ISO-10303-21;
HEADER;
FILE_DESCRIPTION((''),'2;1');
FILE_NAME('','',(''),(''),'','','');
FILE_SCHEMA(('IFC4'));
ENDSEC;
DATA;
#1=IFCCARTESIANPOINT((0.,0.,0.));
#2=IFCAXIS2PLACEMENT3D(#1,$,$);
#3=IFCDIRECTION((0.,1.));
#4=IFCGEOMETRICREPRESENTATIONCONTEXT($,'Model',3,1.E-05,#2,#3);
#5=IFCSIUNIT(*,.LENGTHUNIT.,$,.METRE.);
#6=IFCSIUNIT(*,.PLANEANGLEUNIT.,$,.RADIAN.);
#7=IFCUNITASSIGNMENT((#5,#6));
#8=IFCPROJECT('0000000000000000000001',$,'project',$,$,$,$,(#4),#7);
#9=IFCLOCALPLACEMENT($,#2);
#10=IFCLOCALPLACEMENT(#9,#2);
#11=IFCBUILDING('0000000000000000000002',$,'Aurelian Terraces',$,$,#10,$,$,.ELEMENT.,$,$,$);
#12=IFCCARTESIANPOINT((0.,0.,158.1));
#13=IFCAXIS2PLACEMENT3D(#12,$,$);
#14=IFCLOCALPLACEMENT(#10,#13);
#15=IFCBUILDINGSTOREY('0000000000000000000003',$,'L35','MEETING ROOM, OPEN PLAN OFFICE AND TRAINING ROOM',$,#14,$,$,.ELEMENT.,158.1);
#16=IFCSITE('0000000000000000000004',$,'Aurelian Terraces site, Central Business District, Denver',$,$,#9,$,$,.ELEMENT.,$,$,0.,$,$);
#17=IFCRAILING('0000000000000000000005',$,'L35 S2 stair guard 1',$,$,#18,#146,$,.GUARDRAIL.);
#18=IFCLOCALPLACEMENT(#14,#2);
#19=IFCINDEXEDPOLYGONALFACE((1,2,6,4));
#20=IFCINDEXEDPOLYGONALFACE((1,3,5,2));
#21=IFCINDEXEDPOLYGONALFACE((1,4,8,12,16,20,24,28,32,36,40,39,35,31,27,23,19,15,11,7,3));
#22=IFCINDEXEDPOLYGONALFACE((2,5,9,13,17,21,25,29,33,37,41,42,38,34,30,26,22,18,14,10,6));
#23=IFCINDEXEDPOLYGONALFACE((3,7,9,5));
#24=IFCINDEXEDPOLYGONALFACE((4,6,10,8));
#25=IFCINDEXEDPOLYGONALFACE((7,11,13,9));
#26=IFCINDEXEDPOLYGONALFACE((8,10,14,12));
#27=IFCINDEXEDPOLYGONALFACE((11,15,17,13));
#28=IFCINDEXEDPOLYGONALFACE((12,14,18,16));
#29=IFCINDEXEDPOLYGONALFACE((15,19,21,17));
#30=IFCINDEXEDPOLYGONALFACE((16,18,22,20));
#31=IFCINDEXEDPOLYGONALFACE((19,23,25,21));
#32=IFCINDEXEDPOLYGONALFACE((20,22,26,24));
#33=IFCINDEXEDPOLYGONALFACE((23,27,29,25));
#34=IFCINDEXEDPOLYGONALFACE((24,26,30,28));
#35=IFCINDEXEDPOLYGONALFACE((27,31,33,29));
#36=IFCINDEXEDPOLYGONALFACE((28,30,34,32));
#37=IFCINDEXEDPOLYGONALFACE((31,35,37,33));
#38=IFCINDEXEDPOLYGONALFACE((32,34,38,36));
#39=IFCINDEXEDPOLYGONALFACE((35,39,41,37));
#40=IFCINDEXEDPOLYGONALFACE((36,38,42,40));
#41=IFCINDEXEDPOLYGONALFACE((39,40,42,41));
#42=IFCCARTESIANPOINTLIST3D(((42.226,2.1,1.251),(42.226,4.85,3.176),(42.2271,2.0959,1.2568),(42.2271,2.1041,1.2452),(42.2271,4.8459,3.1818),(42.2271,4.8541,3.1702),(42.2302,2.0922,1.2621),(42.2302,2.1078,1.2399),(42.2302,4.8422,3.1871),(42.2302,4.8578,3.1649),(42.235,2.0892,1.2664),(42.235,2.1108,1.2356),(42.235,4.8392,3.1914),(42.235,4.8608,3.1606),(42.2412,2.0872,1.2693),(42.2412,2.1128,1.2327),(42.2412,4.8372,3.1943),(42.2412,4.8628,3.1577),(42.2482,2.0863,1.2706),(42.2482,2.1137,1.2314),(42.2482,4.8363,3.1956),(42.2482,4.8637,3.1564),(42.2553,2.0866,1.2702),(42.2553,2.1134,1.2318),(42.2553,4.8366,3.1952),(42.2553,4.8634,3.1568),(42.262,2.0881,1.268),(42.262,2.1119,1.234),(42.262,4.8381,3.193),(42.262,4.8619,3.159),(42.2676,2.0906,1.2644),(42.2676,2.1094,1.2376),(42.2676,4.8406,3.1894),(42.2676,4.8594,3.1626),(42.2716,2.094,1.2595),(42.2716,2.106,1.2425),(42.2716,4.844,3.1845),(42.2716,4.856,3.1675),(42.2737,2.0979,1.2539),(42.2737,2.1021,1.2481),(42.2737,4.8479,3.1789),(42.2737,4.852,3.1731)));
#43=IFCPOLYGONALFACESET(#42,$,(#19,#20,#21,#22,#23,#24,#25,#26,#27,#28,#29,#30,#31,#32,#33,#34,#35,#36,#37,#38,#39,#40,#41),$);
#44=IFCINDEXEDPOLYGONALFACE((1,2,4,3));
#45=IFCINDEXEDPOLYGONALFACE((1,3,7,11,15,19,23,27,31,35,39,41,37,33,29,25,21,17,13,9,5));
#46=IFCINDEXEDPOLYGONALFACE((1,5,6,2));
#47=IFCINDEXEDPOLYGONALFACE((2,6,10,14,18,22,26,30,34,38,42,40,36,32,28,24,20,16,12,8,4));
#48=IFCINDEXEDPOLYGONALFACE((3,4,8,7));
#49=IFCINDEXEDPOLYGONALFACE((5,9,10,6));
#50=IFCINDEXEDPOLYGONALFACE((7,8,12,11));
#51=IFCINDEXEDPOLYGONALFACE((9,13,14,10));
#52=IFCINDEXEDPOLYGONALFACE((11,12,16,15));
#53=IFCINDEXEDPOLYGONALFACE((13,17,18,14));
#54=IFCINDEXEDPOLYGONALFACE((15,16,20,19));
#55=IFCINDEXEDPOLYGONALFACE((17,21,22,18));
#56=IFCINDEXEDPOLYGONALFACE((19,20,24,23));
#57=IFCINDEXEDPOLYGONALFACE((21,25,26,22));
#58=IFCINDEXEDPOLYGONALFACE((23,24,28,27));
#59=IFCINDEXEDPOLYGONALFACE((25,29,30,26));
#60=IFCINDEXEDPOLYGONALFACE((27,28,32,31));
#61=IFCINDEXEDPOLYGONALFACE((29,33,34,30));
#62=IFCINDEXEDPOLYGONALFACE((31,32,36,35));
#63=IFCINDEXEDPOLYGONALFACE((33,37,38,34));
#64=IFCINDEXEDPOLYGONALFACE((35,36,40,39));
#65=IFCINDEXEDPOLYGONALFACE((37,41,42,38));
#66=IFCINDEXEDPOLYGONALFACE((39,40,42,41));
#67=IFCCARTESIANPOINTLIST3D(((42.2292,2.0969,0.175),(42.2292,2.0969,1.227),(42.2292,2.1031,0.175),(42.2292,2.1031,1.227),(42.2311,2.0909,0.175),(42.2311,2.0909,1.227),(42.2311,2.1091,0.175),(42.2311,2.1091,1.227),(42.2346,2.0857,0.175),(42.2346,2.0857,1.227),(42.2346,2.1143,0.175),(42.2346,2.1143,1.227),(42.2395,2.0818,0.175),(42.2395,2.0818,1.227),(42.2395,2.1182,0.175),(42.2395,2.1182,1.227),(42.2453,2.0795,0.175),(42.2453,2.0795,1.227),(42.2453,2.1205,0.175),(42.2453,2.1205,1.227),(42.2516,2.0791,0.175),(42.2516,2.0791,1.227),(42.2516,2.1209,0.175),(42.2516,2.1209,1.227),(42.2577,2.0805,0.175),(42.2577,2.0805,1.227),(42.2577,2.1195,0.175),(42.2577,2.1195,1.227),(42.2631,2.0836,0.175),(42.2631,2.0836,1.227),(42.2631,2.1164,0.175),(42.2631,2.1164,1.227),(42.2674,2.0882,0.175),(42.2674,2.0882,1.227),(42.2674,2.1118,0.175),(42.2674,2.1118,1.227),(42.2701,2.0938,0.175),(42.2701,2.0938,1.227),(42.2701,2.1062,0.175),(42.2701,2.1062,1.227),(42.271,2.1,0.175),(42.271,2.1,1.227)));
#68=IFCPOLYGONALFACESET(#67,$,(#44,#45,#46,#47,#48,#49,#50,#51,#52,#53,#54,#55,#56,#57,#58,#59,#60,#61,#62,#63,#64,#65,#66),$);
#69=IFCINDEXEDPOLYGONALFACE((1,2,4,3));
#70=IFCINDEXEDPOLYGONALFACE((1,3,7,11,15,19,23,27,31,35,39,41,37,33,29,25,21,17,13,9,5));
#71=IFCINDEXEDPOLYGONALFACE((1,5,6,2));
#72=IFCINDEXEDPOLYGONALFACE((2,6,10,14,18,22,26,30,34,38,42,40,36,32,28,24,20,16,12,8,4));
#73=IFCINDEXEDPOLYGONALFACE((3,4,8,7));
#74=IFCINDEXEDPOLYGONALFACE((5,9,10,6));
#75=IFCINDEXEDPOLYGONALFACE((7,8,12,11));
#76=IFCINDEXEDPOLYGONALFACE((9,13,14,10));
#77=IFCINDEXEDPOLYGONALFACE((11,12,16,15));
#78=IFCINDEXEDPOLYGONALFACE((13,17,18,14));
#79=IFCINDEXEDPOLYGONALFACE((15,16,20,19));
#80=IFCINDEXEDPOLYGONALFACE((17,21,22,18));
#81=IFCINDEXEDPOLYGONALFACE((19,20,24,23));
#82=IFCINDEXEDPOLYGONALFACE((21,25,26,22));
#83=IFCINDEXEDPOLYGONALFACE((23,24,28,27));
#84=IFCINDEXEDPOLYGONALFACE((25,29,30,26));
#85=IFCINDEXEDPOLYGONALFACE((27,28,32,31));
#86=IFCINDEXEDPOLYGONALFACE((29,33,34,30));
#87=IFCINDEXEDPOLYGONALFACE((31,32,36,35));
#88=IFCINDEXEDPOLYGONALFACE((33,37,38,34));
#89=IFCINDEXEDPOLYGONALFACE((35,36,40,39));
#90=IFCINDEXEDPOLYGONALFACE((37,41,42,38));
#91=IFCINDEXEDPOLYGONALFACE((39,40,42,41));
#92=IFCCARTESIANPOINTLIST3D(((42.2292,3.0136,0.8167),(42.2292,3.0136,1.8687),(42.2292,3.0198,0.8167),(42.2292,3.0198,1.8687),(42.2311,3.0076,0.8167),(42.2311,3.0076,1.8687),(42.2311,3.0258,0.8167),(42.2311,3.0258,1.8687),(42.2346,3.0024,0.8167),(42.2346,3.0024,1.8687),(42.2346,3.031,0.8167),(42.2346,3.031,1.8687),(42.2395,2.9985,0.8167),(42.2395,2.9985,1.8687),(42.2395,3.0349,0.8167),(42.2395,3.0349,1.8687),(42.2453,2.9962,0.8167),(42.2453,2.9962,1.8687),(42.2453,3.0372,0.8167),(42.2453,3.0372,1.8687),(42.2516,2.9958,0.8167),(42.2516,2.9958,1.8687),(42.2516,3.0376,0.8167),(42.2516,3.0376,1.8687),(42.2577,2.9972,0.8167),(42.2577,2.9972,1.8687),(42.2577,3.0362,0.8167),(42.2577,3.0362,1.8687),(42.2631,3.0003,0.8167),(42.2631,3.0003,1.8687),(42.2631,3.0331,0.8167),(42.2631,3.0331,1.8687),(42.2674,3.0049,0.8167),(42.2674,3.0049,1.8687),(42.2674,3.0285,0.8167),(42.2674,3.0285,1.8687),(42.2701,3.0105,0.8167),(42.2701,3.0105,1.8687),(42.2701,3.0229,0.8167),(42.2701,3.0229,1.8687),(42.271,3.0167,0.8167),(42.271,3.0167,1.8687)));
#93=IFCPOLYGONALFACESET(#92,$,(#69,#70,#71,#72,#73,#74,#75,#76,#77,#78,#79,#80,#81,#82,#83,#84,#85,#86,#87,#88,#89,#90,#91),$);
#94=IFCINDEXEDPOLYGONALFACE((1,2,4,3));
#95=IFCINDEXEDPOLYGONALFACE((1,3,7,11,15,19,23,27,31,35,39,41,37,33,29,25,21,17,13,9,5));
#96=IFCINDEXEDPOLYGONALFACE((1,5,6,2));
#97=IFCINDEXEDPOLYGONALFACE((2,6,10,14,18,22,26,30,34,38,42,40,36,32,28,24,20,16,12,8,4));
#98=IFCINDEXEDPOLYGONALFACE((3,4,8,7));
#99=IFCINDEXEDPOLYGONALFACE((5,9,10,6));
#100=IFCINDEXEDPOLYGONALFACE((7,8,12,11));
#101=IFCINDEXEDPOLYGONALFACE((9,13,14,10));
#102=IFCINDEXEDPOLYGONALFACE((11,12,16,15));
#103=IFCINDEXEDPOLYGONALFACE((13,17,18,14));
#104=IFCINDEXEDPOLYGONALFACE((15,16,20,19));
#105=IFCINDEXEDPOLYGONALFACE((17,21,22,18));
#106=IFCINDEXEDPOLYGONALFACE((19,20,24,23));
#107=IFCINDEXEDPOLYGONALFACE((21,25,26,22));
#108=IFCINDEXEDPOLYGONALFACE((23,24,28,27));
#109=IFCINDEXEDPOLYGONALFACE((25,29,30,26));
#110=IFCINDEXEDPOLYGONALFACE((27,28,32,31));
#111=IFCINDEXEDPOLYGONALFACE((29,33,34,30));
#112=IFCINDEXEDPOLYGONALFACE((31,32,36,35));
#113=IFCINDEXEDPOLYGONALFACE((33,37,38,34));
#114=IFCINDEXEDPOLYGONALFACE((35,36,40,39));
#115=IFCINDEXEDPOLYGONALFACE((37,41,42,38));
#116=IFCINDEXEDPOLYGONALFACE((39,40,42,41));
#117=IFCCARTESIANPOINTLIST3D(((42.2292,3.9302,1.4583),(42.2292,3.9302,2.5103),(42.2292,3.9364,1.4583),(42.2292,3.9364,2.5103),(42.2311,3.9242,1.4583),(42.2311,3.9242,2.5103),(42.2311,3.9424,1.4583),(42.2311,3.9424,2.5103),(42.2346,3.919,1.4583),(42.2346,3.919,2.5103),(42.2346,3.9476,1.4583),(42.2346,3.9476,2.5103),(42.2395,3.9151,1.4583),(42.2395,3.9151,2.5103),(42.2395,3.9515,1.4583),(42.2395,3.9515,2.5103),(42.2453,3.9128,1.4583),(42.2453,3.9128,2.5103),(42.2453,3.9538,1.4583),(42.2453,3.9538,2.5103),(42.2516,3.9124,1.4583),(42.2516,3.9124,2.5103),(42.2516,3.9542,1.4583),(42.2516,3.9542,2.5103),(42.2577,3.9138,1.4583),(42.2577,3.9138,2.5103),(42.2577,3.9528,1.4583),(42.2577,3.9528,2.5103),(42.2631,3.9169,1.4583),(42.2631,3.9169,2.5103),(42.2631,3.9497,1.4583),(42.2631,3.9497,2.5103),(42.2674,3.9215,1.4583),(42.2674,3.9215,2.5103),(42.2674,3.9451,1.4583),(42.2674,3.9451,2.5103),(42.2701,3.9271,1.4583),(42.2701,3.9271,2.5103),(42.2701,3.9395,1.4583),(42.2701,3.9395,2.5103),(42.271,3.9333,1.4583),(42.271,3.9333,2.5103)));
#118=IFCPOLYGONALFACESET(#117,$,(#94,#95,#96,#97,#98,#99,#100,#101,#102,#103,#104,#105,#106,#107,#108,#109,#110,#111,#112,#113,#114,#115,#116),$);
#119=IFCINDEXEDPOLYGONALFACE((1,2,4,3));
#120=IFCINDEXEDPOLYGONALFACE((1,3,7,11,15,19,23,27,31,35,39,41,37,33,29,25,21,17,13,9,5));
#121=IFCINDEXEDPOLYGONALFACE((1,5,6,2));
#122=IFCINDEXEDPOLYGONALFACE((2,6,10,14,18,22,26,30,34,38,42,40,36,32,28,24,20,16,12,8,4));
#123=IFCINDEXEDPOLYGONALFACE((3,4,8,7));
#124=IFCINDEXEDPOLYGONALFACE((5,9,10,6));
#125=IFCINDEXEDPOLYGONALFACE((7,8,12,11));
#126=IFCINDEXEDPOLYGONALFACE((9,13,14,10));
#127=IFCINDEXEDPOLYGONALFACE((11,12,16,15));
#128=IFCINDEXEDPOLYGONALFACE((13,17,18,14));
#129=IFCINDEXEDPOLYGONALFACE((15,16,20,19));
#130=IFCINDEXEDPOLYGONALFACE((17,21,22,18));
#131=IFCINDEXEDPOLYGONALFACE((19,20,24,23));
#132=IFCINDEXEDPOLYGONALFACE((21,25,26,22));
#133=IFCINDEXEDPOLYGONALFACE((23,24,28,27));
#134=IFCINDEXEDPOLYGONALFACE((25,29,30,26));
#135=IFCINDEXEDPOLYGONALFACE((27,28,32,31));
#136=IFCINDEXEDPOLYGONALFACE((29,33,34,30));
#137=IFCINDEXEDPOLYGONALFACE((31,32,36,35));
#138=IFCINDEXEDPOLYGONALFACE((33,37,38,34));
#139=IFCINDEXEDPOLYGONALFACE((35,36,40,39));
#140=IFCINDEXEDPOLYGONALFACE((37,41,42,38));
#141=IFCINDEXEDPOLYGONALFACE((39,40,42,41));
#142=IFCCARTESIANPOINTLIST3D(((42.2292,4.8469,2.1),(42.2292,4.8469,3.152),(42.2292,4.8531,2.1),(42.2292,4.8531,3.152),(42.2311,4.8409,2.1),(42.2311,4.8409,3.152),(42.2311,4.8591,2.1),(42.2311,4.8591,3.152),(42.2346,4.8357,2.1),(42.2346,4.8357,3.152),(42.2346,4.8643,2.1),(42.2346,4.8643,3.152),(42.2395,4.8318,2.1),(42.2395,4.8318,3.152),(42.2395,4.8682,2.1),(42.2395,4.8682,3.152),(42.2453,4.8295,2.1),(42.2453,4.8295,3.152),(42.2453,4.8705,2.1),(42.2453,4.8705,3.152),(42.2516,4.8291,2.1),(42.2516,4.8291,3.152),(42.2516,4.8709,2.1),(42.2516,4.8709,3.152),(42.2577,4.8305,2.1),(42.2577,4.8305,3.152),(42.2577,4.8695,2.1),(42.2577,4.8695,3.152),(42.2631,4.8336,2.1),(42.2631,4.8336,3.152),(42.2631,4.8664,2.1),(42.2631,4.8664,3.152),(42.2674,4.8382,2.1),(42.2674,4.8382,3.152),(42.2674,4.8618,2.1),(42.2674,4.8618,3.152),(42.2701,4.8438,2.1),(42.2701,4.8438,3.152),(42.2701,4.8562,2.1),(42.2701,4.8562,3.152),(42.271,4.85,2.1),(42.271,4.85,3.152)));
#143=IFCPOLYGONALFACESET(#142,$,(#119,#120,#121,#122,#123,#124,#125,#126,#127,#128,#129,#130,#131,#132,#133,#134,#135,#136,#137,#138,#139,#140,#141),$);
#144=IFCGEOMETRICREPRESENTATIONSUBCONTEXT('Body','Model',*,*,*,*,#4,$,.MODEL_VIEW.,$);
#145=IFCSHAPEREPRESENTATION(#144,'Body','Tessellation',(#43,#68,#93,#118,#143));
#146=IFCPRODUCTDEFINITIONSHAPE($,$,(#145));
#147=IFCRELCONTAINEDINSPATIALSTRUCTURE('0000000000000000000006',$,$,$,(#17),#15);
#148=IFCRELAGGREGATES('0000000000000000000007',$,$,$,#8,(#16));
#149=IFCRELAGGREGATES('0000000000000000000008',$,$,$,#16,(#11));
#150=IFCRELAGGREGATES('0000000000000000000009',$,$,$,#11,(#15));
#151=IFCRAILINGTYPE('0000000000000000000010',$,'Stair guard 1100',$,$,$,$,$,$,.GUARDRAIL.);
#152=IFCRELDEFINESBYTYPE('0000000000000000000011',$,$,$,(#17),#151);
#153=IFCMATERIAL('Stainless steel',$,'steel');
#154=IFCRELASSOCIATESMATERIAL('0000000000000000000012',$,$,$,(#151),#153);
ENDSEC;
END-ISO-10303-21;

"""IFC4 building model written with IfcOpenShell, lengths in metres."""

from ifc_helpers import new_model, si_unit, direction, frame, origin, origin_2d, place, context, subcontext, project, spatial, circle, extrude, source, transform, mapped, material, type_object, element, save


model = new_model("IFC4")

# Units and contexts
model_context = context("Model", 3, precision=1e-05, world=origin(), true_north=direction((0.0, 1.0)))
body_context = subcontext(model_context, "Body", "Model", "MODEL_VIEW")
ifc_project = project(units=[si_unit("LENGTHUNIT", "METRE"), si_unit("PLANEANGLEUNIT", "RADIAN")], contexts=[model_context])

# Site, building, storey
site_placement = place(None, origin())
site = spatial("IfcSite", under=ifc_project, at=site_placement, Name="Aurelian Terraces site, Central Business District, Denver", CompositionType="ELEMENT", RefElevation=0.0)
building_placement = place(site_placement, origin())
building = spatial("IfcBuilding", under=site, at=building_placement, Name="Aurelian Terraces", CompositionType="ELEMENT")
storey_placement = place(building_placement, frame((0.0, 0.0, 158.1)))
storey = spatial("IfcBuildingStorey", under=building, at=storey_placement, Name="L35", Description="MEETING ROOM, OPEN PLAN OFFICE AND TRAINING ROOM", CompositionType="ELEMENT", Elevation=158.1)

# Railing
ifc_material_1 = material(Name="Stainless steel", Category="steel")
railing_type_1 = type_object("IfcRailingType", Name="Stair guard 1100", PredefinedType="GUARDRAIL", material=ifc_material_1)
shared_shape_1 = source(origin(), body_context, "Body", "SweptSolid", [
    extrude(circle(Radius=0.024, at=origin_2d()), frame((0.0, 0.0, 1.076), z_axis=(0.0, 0.819232, 0.573462), x_axis=(-1.0, 0.0, 0.0)), (0.0, 0.0, 1.0), 3.3568),
    extrude(circle(Radius=0.021, at=origin_2d()), origin(), (0.0, 0.0, 1.0), 1.052),
    extrude(circle(Radius=0.021, at=origin_2d()), frame((0.0, 0.9167, 0.6417)), (0.0, 0.0, 1.0), 1.052),
    extrude(circle(Radius=0.021, at=origin_2d()), frame((0.0, 1.8333, 1.2833)), (0.0, 0.0, 1.0), 1.052),
    extrude(circle(Radius=0.021, at=origin_2d()), frame((0.0, 2.75, 1.925)), (0.0, 0.0, 1.0), 1.052),
])
railing_1_placement = place(storey_placement, frame((42.25, 2.1, 0.175)))
element("IfcRailing", 1, at=railing_1_placement, inside=storey, type_object=railing_type_1, Name="L35 S2 stair guard 1", PredefinedType="GUARDRAIL", context=body_context, shape_type="MappedRepresentation", body=[
    mapped(shared_shape_1, transform((0.0, 0.0, 0.0), scale=1.0)),
])

save(model, "model.ifc")
